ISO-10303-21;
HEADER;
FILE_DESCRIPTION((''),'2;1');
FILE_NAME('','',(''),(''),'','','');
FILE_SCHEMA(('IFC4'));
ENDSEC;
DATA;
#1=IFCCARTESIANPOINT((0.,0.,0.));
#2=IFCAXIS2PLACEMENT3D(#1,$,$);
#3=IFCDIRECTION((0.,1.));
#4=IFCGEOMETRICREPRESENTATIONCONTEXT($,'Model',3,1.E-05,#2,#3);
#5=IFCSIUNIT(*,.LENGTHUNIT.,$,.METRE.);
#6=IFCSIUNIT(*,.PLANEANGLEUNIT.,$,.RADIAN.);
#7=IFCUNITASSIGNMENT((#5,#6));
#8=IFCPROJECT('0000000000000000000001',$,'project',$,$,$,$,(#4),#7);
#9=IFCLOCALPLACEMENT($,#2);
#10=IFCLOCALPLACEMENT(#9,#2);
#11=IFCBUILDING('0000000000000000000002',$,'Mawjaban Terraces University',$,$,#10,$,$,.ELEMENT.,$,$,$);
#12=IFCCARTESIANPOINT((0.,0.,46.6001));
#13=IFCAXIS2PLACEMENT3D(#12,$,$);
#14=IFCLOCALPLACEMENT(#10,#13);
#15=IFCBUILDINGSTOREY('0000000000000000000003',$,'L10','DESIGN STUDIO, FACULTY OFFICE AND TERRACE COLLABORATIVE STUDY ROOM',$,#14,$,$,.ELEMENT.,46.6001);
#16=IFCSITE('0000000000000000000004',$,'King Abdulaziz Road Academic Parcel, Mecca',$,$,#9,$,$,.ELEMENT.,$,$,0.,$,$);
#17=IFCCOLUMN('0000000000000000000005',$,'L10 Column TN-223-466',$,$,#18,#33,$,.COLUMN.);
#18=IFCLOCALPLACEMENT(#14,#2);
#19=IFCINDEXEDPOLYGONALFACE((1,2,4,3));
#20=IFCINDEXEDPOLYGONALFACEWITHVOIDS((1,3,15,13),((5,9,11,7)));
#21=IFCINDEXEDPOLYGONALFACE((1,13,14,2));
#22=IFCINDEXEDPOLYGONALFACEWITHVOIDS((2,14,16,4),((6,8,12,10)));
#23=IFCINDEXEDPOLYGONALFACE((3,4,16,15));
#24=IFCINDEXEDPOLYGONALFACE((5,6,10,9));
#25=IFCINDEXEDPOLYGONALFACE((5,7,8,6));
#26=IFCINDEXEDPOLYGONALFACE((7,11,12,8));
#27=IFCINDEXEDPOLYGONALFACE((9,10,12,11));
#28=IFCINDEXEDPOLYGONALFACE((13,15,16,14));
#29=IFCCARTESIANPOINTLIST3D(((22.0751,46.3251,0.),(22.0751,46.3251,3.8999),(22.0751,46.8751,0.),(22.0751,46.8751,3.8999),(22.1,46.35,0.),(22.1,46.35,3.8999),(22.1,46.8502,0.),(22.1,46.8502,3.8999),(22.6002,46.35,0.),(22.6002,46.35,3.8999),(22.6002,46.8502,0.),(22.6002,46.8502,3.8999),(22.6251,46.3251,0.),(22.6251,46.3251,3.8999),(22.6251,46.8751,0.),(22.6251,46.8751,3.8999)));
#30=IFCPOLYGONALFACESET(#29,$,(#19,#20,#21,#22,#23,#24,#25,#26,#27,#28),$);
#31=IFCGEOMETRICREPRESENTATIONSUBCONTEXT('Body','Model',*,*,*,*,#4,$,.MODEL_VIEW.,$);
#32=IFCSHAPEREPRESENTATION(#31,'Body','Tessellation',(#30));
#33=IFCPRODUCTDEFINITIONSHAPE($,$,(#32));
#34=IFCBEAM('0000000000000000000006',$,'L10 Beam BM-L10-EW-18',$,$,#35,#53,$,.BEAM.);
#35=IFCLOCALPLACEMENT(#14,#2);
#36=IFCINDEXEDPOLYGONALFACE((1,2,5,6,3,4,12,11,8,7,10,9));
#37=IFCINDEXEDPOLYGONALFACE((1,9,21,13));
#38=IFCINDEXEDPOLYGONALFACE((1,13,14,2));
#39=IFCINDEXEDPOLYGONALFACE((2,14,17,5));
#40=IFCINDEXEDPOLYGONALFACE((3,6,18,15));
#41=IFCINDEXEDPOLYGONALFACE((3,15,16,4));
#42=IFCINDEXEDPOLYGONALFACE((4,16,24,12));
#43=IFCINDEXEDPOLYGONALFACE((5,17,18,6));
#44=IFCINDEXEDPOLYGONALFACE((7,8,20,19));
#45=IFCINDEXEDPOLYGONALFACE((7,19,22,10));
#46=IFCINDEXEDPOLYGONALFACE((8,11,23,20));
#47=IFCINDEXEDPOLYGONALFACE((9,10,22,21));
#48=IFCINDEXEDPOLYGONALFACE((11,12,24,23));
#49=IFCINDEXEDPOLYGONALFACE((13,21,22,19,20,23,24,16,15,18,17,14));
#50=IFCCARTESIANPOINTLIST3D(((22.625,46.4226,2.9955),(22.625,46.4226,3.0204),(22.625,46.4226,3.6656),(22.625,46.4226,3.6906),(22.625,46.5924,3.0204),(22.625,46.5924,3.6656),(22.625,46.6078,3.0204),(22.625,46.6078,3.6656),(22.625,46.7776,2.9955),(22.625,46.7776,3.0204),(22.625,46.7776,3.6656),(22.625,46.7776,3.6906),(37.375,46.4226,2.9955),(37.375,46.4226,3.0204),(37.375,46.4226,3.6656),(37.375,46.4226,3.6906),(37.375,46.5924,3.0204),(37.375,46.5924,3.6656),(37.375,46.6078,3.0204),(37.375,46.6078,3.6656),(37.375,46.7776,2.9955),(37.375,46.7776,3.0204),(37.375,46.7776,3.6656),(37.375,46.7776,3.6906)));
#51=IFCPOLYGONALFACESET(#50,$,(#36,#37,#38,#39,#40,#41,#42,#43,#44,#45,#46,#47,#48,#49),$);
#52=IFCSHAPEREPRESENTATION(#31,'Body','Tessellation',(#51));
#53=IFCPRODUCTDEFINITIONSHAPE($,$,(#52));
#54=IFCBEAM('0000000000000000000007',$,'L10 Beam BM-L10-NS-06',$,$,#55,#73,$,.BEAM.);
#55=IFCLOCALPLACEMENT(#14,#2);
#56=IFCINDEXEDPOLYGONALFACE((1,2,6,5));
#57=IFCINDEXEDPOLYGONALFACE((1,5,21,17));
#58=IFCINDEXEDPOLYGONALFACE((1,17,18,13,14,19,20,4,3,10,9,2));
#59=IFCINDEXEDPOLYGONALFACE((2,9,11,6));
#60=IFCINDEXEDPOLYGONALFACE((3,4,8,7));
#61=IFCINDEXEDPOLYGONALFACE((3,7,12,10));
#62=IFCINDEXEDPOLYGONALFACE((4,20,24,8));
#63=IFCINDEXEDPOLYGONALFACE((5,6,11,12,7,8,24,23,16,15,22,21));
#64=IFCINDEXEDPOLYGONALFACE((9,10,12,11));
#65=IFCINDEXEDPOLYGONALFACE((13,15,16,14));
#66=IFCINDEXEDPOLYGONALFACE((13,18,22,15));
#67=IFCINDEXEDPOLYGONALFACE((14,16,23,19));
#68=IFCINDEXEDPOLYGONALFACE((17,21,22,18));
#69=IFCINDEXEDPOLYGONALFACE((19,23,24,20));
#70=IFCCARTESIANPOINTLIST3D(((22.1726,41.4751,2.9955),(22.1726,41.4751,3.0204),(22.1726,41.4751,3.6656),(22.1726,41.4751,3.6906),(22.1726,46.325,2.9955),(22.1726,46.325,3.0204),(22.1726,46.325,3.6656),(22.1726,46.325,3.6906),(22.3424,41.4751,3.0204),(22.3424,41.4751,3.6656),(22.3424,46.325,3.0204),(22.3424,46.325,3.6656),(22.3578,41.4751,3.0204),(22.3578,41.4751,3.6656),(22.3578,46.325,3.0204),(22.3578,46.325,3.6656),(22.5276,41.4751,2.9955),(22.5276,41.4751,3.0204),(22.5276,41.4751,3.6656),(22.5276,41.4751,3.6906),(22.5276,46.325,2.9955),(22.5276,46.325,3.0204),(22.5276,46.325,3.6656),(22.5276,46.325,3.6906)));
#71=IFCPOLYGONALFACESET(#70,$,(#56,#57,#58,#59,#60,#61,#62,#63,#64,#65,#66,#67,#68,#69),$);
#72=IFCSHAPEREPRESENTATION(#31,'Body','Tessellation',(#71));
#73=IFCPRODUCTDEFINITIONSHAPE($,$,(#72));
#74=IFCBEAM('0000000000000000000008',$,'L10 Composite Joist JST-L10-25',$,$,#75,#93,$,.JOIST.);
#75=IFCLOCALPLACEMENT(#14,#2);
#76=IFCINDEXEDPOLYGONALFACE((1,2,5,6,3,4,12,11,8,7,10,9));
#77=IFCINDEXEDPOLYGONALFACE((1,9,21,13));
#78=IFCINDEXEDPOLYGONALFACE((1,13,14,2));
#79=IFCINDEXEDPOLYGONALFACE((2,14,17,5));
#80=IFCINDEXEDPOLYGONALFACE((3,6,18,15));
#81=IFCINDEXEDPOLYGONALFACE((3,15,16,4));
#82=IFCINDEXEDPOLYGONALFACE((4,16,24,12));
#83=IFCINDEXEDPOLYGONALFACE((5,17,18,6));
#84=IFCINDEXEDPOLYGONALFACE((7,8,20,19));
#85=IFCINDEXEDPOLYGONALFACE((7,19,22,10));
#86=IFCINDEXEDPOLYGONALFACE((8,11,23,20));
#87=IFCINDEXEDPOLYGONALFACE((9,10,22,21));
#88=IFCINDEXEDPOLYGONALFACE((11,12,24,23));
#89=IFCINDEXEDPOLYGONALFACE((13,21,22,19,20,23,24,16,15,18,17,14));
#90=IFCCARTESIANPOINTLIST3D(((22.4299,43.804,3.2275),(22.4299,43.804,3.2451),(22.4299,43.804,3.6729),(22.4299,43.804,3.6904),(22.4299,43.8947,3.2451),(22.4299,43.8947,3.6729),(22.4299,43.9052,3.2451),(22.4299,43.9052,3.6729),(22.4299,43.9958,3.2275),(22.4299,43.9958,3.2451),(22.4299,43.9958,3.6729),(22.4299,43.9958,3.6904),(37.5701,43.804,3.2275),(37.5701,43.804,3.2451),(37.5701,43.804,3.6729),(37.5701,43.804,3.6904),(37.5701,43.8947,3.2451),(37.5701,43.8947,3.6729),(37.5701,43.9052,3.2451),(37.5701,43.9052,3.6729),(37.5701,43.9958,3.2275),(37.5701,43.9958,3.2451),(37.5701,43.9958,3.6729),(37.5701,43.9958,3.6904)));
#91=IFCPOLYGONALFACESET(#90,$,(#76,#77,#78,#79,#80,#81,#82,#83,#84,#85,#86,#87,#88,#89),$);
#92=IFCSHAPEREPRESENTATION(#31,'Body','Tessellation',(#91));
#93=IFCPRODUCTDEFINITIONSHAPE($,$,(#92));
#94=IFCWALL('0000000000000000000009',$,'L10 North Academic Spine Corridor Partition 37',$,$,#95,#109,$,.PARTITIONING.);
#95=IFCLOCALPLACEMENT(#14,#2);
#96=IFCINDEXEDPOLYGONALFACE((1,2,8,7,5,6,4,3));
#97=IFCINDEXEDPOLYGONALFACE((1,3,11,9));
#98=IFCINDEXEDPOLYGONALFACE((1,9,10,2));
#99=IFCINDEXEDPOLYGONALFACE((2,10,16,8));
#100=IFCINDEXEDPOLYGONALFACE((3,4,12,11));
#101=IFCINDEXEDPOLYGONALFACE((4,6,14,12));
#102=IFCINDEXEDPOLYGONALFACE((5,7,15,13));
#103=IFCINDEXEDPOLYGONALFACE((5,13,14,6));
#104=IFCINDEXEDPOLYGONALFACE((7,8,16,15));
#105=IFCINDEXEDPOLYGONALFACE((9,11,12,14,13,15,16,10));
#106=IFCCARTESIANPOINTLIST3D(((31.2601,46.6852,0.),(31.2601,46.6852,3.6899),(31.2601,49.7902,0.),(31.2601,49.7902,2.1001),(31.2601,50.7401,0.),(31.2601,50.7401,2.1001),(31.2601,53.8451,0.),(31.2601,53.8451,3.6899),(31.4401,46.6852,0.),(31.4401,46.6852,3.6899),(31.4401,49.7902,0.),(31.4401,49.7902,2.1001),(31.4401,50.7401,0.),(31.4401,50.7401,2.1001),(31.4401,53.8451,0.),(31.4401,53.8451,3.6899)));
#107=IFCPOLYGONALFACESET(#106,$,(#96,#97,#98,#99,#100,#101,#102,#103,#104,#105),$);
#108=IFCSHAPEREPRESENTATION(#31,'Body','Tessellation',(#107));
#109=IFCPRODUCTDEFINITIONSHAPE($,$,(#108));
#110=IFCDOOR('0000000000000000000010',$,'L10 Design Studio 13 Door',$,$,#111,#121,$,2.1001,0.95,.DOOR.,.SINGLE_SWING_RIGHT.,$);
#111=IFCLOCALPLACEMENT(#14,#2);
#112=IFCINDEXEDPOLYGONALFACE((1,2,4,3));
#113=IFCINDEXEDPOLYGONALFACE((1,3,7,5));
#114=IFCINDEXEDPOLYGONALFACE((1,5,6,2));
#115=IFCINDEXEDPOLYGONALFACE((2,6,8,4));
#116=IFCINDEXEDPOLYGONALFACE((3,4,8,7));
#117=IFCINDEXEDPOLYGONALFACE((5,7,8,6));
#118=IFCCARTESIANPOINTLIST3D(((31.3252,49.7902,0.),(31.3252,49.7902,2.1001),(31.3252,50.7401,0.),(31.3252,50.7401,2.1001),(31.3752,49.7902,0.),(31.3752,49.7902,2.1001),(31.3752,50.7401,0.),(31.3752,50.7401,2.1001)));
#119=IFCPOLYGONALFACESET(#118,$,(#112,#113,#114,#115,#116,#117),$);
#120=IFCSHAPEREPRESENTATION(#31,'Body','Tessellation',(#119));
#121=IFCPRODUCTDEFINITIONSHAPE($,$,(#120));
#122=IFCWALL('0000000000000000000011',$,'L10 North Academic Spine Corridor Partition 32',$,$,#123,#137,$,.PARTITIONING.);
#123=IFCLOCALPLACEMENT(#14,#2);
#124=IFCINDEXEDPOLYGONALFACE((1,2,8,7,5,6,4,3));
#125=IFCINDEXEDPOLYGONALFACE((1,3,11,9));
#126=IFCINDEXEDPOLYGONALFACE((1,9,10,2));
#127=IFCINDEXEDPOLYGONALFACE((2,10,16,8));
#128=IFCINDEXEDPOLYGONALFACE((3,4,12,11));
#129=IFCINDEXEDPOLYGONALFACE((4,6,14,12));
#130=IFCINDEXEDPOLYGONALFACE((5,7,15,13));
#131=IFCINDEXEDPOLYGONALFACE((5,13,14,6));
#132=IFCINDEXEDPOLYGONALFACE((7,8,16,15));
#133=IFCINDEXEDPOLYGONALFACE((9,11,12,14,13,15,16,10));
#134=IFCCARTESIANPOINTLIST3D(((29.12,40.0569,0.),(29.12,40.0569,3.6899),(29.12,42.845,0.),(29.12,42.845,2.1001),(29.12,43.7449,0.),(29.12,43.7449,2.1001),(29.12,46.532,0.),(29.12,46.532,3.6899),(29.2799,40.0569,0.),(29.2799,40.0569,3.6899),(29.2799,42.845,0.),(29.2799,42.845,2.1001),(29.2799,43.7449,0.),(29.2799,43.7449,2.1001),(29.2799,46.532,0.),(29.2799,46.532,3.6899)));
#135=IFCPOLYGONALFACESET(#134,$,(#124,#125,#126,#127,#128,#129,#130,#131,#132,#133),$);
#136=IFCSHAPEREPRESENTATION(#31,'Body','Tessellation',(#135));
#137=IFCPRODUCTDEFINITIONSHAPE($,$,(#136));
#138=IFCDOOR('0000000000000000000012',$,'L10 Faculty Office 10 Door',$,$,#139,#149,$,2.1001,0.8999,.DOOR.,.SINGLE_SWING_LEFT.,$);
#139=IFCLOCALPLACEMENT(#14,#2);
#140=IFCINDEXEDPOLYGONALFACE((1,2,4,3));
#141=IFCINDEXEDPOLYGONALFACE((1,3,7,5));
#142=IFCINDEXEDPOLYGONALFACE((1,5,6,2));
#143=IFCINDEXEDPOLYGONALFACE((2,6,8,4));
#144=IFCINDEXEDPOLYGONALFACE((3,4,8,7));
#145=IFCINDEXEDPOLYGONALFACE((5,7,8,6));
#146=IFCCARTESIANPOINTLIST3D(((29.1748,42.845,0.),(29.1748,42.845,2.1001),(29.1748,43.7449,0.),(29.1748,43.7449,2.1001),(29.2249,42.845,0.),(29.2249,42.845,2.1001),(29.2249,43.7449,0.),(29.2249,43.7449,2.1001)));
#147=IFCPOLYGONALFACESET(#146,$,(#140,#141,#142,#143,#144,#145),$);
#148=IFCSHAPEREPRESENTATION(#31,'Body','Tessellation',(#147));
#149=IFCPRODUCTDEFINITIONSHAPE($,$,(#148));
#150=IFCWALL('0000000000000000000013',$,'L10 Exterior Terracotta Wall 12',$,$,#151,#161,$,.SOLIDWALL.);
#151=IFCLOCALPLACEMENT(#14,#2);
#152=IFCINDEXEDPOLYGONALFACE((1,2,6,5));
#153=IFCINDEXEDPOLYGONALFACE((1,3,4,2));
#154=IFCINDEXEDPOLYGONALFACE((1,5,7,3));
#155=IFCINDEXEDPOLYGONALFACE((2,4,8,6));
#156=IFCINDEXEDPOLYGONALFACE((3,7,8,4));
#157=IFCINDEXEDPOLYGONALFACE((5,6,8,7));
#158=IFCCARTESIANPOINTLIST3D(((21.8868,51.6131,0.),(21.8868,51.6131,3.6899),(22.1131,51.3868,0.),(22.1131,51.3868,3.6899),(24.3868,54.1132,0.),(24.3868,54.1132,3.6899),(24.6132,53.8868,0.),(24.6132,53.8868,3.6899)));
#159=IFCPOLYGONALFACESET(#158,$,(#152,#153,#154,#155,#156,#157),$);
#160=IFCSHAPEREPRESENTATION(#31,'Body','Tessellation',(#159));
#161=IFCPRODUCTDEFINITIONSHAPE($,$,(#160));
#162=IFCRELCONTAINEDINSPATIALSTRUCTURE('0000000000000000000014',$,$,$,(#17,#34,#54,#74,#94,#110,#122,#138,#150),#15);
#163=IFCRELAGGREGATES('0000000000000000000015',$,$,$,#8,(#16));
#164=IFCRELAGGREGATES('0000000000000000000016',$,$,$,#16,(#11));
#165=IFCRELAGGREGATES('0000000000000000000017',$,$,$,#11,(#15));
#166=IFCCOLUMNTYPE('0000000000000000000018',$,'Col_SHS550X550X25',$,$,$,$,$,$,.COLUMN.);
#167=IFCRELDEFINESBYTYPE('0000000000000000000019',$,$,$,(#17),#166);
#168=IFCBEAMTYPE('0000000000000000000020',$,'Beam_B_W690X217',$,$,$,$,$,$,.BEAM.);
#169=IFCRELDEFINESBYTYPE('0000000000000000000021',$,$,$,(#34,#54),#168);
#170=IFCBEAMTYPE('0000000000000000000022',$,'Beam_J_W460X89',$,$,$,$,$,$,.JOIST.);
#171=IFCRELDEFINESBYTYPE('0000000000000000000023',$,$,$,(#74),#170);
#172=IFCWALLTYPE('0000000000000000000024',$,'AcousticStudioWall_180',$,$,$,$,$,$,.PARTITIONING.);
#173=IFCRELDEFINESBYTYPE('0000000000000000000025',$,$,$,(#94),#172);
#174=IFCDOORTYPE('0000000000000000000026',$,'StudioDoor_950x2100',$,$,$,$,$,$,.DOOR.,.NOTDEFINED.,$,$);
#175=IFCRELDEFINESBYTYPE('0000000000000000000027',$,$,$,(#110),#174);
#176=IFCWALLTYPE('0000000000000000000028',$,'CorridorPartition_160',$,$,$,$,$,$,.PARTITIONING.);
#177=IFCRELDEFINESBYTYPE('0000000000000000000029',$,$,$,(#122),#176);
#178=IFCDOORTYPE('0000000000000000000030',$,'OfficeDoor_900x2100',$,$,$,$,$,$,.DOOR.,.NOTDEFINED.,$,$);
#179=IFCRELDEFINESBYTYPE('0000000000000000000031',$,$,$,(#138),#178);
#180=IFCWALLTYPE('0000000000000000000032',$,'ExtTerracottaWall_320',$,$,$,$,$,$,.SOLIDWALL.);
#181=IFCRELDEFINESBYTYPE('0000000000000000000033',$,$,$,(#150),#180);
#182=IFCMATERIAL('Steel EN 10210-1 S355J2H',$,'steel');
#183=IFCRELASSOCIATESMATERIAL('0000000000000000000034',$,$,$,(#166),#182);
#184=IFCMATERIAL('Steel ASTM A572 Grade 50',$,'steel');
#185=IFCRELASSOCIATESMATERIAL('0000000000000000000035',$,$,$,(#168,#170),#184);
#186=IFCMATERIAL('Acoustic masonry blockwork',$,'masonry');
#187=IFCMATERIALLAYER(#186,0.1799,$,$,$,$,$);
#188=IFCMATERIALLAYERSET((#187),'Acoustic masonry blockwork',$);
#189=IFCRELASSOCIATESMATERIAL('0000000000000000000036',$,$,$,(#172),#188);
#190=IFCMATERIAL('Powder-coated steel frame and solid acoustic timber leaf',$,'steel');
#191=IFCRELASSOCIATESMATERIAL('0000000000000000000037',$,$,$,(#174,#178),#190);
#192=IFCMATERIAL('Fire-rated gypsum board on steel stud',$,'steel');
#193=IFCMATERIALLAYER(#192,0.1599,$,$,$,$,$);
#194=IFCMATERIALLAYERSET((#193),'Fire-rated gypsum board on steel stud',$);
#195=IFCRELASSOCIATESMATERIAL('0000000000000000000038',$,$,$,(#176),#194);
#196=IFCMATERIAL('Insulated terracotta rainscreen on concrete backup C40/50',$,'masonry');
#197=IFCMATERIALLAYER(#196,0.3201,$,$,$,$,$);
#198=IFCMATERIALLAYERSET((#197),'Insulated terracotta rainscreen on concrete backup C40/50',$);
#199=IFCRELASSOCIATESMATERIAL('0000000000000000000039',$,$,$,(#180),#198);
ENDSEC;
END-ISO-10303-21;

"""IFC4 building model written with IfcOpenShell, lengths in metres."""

from ifc_helpers import new_model, si_unit, direction, frame, frame_2d, origin, origin_2d, place, context, subcontext, project, spatial, rectangle, hollow_rectangle, i_section, extrude, material, layer, layer_set, material_profile, profile_set, type_object, element, fill, save


model = new_model("IFC4")

# Units and contexts
model_context = context("Model", 3, precision=1e-05, world=origin(), true_north=direction((0.0, 1.0)))
body_context = subcontext(model_context, "Body", "Model", "MODEL_VIEW")
ifc_project = project(units=[si_unit("LENGTHUNIT", "METRE"), si_unit("PLANEANGLEUNIT", "RADIAN")], contexts=[model_context])

# Site, building, storey
site_placement = place(None, origin())
site = spatial("IfcSite", under=ifc_project, at=site_placement, Name="King Abdulaziz Road Academic Parcel, Mecca", CompositionType="ELEMENT", RefElevation=0.0)
building_placement = place(site_placement, origin())
building = spatial("IfcBuilding", under=site, at=building_placement, Name="Mawjaban Terraces University", CompositionType="ELEMENT")
storey_placement = place(building_placement, frame((0.0, 0.0, 46.6001)))
storey = spatial("IfcBuildingStorey", under=building, at=storey_placement, Name="L10", Description="DESIGN STUDIO, FACULTY OFFICE AND TERRACE COLLABORATIVE STUDY ROOM", CompositionType="ELEMENT", Elevation=46.6001)

# Column
ifc_material_1 = material(Name="Steel EN 10210-1 S355J2H", Category="steel")
ifc_material_profile_1 = material_profile(ifc_material_1, hollow_rectangle(XDim=0.55, YDim=0.55, WallThickness=0.0249, at=origin_2d()), Name="SHS550X550X25")
ifc_profile_set_1 = profile_set([ifc_material_profile_1], Name="Steel EN 10210-1 S355J2H")
column_type = type_object("IfcColumnType", Name="Col_SHS550X550X25", PredefinedType="COLUMN", material=ifc_profile_set_1)
column_placement = place(storey_placement, frame((22.3501, 46.6001, 0.0), z_axis=(0.0, 0.0, 1.0), x_axis=(1.0, 0.0, 0.0)))
element("IfcColumn", 1, at=column_placement, inside=storey, type_object=column_type, Name="L10 Column TN-223-466", PredefinedType="COLUMN", context=body_context, shape_type="SweptSolid", body=[
    extrude(hollow_rectangle(XDim=0.55, YDim=0.55, WallThickness=0.0249, at=origin_2d()), origin(), (0.0, 0.0, 1.0), 3.8999),
])

# Beams
ifc_material_2 = material(Name="Steel ASTM A572 Grade 50", Category="steel")
ifc_material_profile_2 = material_profile(ifc_material_2, i_section(OverallWidth=0.355, OverallDepth=0.6951, WebThickness=0.0154, FlangeThickness=0.0249, at=origin_2d()), Name="W690X217")
ifc_profile_set_2 = profile_set([ifc_material_profile_2], Name="Steel ASTM A572 Grade 50")
beam_type_1 = type_object("IfcBeamType", Name="Beam_B_W690X217", PredefinedType="BEAM", material=ifc_profile_set_2)
beam_1_placement = place(storey_placement, frame((22.625, 46.6001, 3.343), z_axis=(1.0, 0.0, 0.0), x_axis=(0.0, 1.0, 0.0)))
element("IfcBeam", 2, at=beam_1_placement, inside=storey, type_object=beam_type_1, Name="L10 Beam BM-L10-EW-18", PredefinedType="BEAM", context=body_context, shape_type="SweptSolid", body=[
    extrude(i_section(OverallWidth=0.355, OverallDepth=0.6951, WebThickness=0.0154, FlangeThickness=0.0249, at=origin_2d()), origin(), (0.0, 0.0, 1.0), 14.75),
])
beam_2_placement = place(storey_placement, frame((22.3501, 41.4751, 3.343), z_axis=(0.0, 1.0, 0.0), x_axis=(-1.0, 0.0, 0.0)))
element("IfcBeam", 3, at=beam_2_placement, inside=storey, type_object=beam_type_1, Name="L10 Beam BM-L10-NS-06", PredefinedType="BEAM", context=body_context, shape_type="SweptSolid", body=[
    extrude(i_section(OverallWidth=0.355, OverallDepth=0.6951, WebThickness=0.0154, FlangeThickness=0.0249, at=origin_2d()), origin(), (0.0, 0.0, 1.0), 4.8499),
])
ifc_material_profile_3 = material_profile(ifc_material_2, i_section(OverallWidth=0.1919, OverallDepth=0.4629, WebThickness=0.0105, FlangeThickness=0.0176, at=origin_2d()), Name="W460X89")
ifc_profile_set_3 = profile_set([ifc_material_profile_3], Name="Steel ASTM A572 Grade 50")
beam_type_2 = type_object("IfcBeamType", Name="Beam_J_W460X89", PredefinedType="JOIST", material=ifc_profile_set_3)
beam_3_placement = place(storey_placement, frame((22.4299, 43.8999, 3.459), z_axis=(1.0, 0.0, 0.0), x_axis=(0.0, 1.0, 0.0)))
element("IfcBeam", 4, at=beam_3_placement, inside=storey, type_object=beam_type_2, Name="L10 Composite Joist JST-L10-25", PredefinedType="JOIST", context=body_context, shape_type="SweptSolid", body=[
    extrude(i_section(OverallWidth=0.1919, OverallDepth=0.4629, WebThickness=0.0105, FlangeThickness=0.0176, at=origin_2d()), origin(), (0.0, 0.0, 1.0), 15.1401),
])

# Walls, openings, doors
ifc_material_3 = material(Name="Acoustic masonry blockwork", Category="masonry")
ifc_layer_1 = layer(ifc_material_3, 0.1799)
ifc_layer_set_1 = layer_set([ifc_layer_1], Name="Acoustic masonry blockwork")
wall_type_1 = type_object("IfcWallType", Name="AcousticStudioWall_180", PredefinedType="PARTITIONING", material=ifc_layer_set_1)
wall_1_placement = place(storey_placement, frame((31.3501, 46.6851, 0.0), z_axis=(0.0, 0.0, 1.0), x_axis=(0.0, 1.0, 0.0)))
wall_1 = element("IfcWall", 5, at=wall_1_placement, inside=storey, type_object=wall_type_1, Name="L10 North Academic Spine Corridor Partition 37", PredefinedType="PARTITIONING", context=body_context, shape_type="SweptSolid", body=[
    extrude(rectangle(XDim=7.1599, YDim=0.1799, at=frame_2d((3.5801, 0.0))), origin(), (0.0, 0.0, 1.0), 3.6899),
])
opening_1_placement = place(wall_1_placement, frame((3.105, 0.0, 0.0)))
opening_1 = element("IfcOpeningElement", 6, at=opening_1_placement, cuts=wall_1, PredefinedType="OPENING", context=body_context, shape_type="SweptSolid", body=[
    extrude(rectangle(XDim=0.95, YDim=2.1001, at=frame_2d((0.4751, 1.05))), frame((0.0, 0.0999, 0.0), z_axis=(0.0, -1.0, 0.0), x_axis=(1.0, 0.0, 0.0)), (0.0, 0.0, 1.0), 0.2),
])
ifc_material_4 = material(Name="Powder-coated steel frame and solid acoustic timber leaf", Category="steel")
door_type_1 = type_object("IfcDoorType", Name="StudioDoor_950x2100", OperationType="NOTDEFINED", PredefinedType="DOOR", material=ifc_material_4)
door_1_placement = place(opening_1_placement, origin())
door_1 = element("IfcDoor", 7, at=door_1_placement, inside=storey, type_object=door_type_1, Name="L10 Design Studio 13 Door", OperationType="SINGLE_SWING_RIGHT", OverallHeight=2.1001, OverallWidth=0.95, PredefinedType="DOOR", context=body_context, shape_type="SweptSolid", body=[
    extrude(rectangle(XDim=0.95, YDim=2.1001, at=frame_2d((0.4751, 1.05))), frame((0.0, 0.0249, 0.0), z_axis=(0.0, -1.0, 0.0), x_axis=(1.0, 0.0, 0.0)), (0.0, 0.0, 1.0), 0.05),
])
fill(opening_1, door_1)
ifc_material_5 = material(Name="Fire-rated gypsum board on steel stud", Category="steel")
ifc_layer_2 = layer(ifc_material_5, 0.1599)
ifc_layer_set_2 = layer_set([ifc_layer_2], Name="Fire-rated gypsum board on steel stud")
wall_type_2 = type_object("IfcWallType", Name="CorridorPartition_160", PredefinedType="PARTITIONING", material=ifc_layer_set_2)
wall_2_placement = place(storey_placement, frame((29.2, 46.532, 0.0), z_axis=(0.0, 0.0, 1.0), x_axis=(0.0, -1.0, 0.0)))
wall_2 = element("IfcWall", 8, at=wall_2_placement, inside=storey, type_object=wall_type_2, Name="L10 North Academic Spine Corridor Partition 32", PredefinedType="PARTITIONING", context=body_context, shape_type="SweptSolid", body=[
    extrude(rectangle(XDim=6.4751, YDim=0.1599, at=frame_2d((3.2375, 0.0))), origin(), (0.0, 0.0, 1.0), 3.6899),
])
opening_2_placement = place(wall_2_placement, frame((2.7871, 0.0, 0.0)))
opening_2 = element("IfcOpeningElement", 9, at=opening_2_placement, cuts=wall_2, PredefinedType="OPENING", context=body_context, shape_type="SweptSolid", body=[
    extrude(rectangle(XDim=0.8999, YDim=2.1001, at=frame_2d((0.45, 1.05))), frame((0.0, 0.0898, 0.0), z_axis=(0.0, -1.0, 0.0), x_axis=(1.0, 0.0, 0.0)), (0.0, 0.0, 1.0), 0.1799),
])
door_type_2 = type_object("IfcDoorType", Name="OfficeDoor_900x2100", OperationType="NOTDEFINED", PredefinedType="DOOR", material=ifc_material_4)
door_2_placement = place(opening_2_placement, origin())
door_2 = element("IfcDoor", 10, at=door_2_placement, inside=storey, type_object=door_type_2, Name="L10 Faculty Office 10 Door", OperationType="SINGLE_SWING_LEFT", OverallHeight=2.1001, OverallWidth=0.8999, PredefinedType="DOOR", context=body_context, shape_type="SweptSolid", body=[
    extrude(rectangle(XDim=0.8999, YDim=2.1001, at=frame_2d((0.45, 1.05))), frame((0.0, 0.0249, 0.0), z_axis=(0.0, -1.0, 0.0), x_axis=(1.0, 0.0, 0.0)), (0.0, 0.0, 1.0), 0.05),
])
fill(opening_2, door_2)

# Wall
ifc_material_6 = material(Name="Insulated terracotta rainscreen on concrete backup C40/50", Category="masonry")
ifc_layer_3 = layer(ifc_material_6, 0.3201)
ifc_layer_set_3 = layer_set([ifc_layer_3], Name="Insulated terracotta rainscreen on concrete backup C40/50")
wall_type_3 = type_object("IfcWallType", Name="ExtTerracottaWall_320", PredefinedType="SOLIDWALL", material=ifc_layer_set_3)
wall_3_placement = place(storey_placement, frame((24.5, 54.0, 0.0), z_axis=(0.0, 0.0, 1.0), x_axis=(-0.707107, -0.707107, 0.0)))
element("IfcWall", 11, at=wall_3_placement, inside=storey, type_object=wall_type_3, Name="L10 Exterior Terracotta Wall 12", PredefinedType="SOLIDWALL", context=body_context, shape_type="SweptSolid", body=[
    extrude(rectangle(XDim=3.5356, YDim=0.3201, at=frame_2d((1.7678, 0.0))), origin(), (0.0, 0.0, 1.0), 3.6899),
])

save(model, "model.ifc")
